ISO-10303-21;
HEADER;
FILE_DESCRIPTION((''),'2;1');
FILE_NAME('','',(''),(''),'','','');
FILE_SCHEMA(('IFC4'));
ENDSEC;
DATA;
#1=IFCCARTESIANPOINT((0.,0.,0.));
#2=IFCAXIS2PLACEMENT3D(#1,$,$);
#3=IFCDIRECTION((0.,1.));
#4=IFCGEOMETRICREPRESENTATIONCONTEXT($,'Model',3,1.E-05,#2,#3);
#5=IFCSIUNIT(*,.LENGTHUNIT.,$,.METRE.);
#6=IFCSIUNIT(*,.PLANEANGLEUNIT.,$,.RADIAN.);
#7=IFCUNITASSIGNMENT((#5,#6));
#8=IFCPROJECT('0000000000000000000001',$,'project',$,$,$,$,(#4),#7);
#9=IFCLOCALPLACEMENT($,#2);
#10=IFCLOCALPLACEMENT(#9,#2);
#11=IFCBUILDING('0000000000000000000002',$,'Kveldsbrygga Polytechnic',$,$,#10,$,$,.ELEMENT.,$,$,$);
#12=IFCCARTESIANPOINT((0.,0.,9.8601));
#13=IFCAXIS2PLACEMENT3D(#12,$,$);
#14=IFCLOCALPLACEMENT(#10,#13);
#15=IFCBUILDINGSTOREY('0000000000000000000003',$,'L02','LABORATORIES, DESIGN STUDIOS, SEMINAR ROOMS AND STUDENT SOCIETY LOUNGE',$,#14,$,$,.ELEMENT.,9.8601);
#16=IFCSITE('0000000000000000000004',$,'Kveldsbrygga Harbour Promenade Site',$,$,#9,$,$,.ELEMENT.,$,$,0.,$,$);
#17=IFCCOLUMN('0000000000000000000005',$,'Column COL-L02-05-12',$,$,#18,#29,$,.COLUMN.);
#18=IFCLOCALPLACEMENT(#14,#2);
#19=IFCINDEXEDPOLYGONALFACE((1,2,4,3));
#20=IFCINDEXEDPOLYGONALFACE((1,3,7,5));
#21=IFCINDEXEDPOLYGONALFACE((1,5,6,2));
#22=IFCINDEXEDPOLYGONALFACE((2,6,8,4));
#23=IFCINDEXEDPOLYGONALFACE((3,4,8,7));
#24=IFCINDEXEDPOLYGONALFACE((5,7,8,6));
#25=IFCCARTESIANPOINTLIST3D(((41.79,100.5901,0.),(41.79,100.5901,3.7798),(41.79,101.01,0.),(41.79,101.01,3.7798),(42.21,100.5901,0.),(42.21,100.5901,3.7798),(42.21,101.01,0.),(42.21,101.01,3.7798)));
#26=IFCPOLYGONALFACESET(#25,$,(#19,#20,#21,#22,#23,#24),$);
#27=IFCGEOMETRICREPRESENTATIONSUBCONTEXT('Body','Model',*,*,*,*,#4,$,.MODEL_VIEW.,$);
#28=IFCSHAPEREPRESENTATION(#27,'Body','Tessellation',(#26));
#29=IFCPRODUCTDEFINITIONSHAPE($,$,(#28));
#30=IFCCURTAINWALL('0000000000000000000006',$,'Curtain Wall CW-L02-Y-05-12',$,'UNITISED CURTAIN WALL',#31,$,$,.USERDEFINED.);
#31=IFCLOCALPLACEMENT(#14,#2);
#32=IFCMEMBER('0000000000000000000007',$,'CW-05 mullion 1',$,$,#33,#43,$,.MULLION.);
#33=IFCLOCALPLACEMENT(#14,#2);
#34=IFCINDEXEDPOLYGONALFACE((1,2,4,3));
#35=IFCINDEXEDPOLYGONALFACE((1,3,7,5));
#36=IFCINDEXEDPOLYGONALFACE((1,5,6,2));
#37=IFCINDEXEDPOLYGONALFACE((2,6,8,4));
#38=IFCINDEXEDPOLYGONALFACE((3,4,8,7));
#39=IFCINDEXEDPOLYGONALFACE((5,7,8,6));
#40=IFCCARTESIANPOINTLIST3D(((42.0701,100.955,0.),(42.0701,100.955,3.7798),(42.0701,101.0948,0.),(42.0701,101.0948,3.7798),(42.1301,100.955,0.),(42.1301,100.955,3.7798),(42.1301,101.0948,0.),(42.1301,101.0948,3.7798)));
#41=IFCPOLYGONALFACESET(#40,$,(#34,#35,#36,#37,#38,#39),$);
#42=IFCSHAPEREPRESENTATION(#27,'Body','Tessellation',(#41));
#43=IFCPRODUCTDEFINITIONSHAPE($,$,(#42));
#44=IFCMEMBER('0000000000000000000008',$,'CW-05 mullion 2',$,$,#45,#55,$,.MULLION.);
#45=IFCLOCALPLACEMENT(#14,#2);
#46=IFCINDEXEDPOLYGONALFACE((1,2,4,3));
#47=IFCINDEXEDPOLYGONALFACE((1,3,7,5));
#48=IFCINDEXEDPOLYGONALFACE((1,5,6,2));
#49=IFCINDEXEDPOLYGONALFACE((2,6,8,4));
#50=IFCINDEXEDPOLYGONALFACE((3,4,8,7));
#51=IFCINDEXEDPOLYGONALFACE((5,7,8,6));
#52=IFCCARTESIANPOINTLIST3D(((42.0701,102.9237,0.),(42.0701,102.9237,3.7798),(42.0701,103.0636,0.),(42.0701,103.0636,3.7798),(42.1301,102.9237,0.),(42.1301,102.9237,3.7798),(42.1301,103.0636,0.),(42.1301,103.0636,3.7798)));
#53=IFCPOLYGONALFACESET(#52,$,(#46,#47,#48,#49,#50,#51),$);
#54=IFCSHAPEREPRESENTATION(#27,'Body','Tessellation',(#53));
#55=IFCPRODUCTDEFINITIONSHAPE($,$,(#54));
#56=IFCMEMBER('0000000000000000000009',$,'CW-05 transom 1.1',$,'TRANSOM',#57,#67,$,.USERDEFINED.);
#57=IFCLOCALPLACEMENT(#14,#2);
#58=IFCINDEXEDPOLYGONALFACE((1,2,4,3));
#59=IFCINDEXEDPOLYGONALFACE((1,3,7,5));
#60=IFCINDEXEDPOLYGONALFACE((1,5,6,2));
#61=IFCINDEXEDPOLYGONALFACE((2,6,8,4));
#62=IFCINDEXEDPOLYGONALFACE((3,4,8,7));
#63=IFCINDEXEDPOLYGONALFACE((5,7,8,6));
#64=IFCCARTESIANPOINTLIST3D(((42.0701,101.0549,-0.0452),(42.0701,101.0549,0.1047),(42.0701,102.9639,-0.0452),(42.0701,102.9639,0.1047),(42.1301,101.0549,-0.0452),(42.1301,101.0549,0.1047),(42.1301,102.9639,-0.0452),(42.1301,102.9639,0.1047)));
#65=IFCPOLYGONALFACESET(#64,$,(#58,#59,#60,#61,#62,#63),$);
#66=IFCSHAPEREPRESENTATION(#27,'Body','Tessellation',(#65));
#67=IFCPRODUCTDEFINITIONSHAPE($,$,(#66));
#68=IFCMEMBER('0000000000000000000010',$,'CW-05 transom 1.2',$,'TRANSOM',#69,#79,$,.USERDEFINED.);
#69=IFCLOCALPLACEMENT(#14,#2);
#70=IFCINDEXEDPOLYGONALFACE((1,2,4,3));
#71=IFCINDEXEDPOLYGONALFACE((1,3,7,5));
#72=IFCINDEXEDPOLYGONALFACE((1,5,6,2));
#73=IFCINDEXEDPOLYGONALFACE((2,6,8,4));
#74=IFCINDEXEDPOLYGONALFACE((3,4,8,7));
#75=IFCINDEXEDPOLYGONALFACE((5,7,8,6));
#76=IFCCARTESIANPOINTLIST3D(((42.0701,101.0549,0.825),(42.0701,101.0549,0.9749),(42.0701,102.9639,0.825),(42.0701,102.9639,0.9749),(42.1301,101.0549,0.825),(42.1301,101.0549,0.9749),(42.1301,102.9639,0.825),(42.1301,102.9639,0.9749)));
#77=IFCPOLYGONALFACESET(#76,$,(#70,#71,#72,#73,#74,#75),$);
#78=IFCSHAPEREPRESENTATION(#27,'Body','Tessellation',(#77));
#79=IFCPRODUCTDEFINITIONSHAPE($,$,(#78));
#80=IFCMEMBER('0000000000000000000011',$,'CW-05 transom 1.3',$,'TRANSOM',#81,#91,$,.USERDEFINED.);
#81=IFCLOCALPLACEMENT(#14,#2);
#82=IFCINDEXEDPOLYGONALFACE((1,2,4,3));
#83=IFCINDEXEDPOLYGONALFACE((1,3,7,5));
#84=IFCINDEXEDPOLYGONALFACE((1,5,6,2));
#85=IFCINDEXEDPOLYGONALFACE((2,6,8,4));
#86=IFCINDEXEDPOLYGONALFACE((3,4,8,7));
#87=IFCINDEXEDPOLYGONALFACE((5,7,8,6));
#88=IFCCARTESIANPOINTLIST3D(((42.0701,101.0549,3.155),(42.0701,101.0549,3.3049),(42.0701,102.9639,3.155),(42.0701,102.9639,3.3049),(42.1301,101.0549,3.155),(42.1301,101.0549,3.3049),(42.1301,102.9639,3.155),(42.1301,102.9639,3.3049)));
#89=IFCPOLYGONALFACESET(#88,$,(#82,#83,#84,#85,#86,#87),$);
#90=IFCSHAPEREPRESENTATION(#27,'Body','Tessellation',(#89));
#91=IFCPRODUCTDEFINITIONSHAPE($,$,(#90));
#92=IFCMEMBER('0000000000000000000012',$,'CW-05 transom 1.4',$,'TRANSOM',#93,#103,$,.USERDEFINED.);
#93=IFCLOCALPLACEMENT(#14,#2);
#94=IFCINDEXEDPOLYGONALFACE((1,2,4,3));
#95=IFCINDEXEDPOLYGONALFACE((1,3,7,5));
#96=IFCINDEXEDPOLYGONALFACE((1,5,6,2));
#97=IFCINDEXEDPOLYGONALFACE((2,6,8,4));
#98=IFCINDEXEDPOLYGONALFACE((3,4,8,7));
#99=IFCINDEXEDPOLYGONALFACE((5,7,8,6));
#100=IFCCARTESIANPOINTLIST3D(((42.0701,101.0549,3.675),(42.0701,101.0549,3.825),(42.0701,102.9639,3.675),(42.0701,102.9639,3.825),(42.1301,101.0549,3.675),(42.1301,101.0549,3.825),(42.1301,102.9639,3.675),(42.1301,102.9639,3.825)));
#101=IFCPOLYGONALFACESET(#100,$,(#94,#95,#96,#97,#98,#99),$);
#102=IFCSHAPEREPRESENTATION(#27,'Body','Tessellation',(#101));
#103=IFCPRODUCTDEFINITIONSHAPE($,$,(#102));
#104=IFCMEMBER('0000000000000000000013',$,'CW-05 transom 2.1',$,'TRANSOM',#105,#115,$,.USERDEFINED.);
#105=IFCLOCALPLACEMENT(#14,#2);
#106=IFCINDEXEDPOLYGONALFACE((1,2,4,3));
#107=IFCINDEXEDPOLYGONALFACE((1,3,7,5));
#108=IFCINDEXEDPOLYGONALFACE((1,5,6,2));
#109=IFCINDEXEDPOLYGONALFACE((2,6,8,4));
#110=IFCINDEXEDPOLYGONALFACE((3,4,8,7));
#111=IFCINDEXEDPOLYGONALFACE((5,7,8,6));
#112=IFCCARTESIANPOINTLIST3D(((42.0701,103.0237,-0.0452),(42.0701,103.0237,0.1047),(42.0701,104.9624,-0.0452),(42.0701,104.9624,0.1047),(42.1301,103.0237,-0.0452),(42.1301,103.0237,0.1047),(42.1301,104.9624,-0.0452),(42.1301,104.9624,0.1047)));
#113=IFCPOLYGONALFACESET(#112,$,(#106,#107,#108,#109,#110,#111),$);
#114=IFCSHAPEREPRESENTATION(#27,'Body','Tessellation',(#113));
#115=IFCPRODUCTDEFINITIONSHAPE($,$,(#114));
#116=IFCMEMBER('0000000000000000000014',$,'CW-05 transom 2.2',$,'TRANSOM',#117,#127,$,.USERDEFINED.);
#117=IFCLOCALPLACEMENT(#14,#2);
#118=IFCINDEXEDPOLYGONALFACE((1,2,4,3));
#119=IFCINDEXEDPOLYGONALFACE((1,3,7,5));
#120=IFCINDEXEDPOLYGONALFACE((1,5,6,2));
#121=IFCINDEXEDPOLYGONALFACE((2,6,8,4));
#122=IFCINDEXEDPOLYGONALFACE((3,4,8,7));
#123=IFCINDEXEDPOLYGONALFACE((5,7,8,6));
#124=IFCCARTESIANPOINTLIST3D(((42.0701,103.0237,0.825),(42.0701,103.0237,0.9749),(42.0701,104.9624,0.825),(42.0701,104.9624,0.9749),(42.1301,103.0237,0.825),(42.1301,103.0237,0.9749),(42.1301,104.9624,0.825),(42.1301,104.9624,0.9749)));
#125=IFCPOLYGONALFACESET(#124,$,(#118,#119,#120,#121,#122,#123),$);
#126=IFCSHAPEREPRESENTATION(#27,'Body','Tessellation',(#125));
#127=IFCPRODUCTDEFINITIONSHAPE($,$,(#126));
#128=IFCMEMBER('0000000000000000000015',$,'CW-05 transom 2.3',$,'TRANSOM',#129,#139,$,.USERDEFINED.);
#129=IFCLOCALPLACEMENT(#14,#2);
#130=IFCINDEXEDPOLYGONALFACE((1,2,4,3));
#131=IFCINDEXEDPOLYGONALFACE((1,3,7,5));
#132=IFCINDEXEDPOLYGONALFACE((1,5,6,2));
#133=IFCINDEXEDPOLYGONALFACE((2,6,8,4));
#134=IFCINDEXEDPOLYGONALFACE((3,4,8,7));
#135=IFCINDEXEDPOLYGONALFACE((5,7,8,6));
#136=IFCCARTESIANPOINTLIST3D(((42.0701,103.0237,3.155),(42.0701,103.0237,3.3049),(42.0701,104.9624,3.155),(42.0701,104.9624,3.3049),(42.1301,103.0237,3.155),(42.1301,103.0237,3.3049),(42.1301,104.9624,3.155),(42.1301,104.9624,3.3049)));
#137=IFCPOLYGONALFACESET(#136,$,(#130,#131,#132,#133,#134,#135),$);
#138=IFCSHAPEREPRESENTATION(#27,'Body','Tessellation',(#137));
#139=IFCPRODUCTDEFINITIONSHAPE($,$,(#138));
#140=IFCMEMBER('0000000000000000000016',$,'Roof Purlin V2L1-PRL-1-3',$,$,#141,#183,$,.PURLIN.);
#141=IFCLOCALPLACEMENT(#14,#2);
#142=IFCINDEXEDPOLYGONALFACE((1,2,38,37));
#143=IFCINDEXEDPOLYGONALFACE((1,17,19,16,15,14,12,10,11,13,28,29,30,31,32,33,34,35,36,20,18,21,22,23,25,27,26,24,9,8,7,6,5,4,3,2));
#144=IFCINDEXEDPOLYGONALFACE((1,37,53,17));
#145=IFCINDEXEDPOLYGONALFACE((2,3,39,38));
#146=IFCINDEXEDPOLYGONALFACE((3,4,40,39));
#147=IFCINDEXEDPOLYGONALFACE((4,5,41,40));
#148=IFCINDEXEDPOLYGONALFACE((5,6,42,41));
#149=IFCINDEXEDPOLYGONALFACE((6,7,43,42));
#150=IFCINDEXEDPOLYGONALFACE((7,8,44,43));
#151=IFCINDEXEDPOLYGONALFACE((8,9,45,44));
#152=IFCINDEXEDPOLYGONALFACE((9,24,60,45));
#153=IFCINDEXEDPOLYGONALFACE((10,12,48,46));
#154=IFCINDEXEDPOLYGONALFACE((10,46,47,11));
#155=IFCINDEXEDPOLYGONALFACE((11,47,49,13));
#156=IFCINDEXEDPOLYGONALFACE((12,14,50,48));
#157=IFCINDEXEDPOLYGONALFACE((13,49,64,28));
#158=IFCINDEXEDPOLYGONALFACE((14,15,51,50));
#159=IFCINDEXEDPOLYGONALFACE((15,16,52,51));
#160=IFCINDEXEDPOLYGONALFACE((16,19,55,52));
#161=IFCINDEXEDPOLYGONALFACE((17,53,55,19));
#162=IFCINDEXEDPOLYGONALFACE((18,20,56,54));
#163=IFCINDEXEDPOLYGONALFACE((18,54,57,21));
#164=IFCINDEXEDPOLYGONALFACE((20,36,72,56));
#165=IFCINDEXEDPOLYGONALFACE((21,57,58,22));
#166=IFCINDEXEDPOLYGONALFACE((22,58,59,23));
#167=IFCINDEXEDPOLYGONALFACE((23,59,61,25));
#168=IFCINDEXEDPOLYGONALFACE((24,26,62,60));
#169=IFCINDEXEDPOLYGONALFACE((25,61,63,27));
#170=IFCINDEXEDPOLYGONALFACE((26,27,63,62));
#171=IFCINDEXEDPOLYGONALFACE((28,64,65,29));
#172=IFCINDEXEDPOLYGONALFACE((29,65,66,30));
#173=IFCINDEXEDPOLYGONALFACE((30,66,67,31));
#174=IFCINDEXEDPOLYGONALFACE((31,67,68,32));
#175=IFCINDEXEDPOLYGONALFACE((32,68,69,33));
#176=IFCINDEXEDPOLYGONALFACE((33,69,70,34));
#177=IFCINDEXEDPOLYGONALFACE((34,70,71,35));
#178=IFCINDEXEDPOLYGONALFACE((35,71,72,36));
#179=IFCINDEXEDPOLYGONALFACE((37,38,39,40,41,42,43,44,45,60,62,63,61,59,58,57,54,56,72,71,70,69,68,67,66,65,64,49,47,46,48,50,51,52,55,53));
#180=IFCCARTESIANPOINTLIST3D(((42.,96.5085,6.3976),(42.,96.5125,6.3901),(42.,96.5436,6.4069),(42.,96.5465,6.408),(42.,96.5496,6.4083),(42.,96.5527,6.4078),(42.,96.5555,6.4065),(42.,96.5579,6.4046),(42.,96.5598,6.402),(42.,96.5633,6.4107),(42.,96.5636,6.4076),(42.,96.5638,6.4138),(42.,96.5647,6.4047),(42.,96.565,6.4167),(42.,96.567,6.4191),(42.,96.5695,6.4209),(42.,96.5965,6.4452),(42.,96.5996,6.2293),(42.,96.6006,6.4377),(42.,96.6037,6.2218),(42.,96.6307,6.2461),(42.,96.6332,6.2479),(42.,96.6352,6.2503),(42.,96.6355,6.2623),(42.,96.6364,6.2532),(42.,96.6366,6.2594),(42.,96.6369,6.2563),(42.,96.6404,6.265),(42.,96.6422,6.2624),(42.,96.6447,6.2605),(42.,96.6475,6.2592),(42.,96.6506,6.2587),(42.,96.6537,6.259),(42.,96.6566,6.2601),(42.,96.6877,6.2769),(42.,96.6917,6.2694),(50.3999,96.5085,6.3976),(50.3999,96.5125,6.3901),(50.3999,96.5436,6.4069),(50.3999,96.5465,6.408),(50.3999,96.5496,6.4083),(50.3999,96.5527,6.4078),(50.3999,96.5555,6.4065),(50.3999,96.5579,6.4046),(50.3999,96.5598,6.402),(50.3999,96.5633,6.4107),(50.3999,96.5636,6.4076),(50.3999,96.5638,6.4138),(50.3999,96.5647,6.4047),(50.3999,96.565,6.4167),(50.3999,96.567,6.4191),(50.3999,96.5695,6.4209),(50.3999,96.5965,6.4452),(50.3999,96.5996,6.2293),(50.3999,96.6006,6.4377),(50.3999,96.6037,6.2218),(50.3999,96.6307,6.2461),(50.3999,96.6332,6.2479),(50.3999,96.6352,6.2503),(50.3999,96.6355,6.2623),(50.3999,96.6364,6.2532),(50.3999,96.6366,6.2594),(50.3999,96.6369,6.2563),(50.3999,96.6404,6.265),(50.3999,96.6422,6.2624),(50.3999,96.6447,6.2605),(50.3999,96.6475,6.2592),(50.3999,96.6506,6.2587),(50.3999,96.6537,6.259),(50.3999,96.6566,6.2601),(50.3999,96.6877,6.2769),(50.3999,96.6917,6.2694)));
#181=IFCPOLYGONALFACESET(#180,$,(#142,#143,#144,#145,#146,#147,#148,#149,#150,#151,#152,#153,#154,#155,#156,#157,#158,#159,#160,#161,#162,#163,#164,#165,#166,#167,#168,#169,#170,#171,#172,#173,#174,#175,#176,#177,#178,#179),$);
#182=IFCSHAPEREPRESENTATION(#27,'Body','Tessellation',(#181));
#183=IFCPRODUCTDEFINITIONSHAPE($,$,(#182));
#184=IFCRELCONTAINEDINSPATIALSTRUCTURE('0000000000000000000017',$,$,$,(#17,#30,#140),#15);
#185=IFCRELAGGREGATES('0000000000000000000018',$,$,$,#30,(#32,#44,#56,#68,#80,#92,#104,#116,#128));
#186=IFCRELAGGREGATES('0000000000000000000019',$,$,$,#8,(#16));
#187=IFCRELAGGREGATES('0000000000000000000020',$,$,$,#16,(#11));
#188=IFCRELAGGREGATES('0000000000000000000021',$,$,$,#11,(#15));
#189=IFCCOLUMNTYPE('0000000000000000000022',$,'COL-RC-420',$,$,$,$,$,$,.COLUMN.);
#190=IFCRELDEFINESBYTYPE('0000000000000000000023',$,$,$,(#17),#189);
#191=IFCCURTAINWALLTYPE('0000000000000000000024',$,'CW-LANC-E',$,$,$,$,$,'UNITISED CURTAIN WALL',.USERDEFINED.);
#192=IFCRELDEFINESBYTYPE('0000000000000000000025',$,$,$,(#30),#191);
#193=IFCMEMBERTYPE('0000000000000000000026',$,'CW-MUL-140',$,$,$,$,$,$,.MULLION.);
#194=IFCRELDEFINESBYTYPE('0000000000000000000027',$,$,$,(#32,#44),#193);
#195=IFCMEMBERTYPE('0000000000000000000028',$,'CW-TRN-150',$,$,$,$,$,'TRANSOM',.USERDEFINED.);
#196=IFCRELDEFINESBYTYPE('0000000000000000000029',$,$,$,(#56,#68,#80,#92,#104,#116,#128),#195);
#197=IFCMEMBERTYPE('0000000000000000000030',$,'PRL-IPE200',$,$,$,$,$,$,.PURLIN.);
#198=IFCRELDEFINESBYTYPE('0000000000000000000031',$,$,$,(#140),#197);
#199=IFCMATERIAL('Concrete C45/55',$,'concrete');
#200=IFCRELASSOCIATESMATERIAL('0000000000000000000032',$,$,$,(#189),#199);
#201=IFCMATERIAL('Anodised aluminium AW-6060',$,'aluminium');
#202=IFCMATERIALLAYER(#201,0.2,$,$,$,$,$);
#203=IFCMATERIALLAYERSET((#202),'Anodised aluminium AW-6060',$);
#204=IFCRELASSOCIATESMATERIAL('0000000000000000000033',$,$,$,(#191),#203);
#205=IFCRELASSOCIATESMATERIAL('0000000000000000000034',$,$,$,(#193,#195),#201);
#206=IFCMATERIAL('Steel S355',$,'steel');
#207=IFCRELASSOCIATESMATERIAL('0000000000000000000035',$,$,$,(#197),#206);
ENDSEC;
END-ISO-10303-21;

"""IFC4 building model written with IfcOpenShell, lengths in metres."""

from ifc_helpers import new_model, si_unit, direction, frame, origin, origin_2d, place, context, subcontext, project, spatial, rectangle, i_section, extrude, material, layer, layer_set, material_profile, profile_set, type_object, element, aggregate, save


model = new_model("IFC4")

# Units and contexts
model_context = context("Model", 3, precision=1e-05, world=origin(), true_north=direction((0.0, 1.0)))
body_context = subcontext(model_context, "Body", "Model", "MODEL_VIEW")
ifc_project = project(units=[si_unit("LENGTHUNIT", "METRE"), si_unit("PLANEANGLEUNIT", "RADIAN")], contexts=[model_context])

# Site, building, storey
site_placement = place(None, origin())
site = spatial("IfcSite", under=ifc_project, at=site_placement, Name="Kveldsbrygga Harbour Promenade Site", CompositionType="ELEMENT", RefElevation=0.0)
building_placement = place(site_placement, origin())
building = spatial("IfcBuilding", under=site, at=building_placement, Name="Kveldsbrygga Polytechnic", CompositionType="ELEMENT")
storey_placement = place(building_placement, frame((0.0, 0.0, 9.8601)))
storey = spatial("IfcBuildingStorey", under=building, at=storey_placement, Name="L02", Description="LABORATORIES, DESIGN STUDIOS, SEMINAR ROOMS AND STUDENT SOCIETY LOUNGE", CompositionType="ELEMENT", Elevation=9.8601)

# Column
ifc_material_1 = material(Name="Concrete C45/55", Category="concrete")
ifc_material_profile_1 = material_profile(ifc_material_1, rectangle(XDim=0.4199, YDim=0.4199, at=origin_2d()), Name="RC 420x420")
ifc_profile_set_1 = profile_set([ifc_material_profile_1], Name="Concrete C45/55")
column_type = type_object("IfcColumnType", Name="COL-RC-420", PredefinedType="COLUMN", material=ifc_profile_set_1)
column_placement = place(storey_placement, frame((42.0, 100.8, 0.0), z_axis=(0.0, 0.0, 1.0), x_axis=(1.0, 0.0, 0.0)))
element("IfcColumn", 1, at=column_placement, inside=storey, type_object=column_type, Name="Column COL-L02-05-12", PredefinedType="COLUMN", context=body_context, shape_type="SweptSolid", body=[
    extrude(rectangle(XDim=0.4199, YDim=0.4199, at=origin_2d()), origin(), (0.0, 0.0, 1.0), 3.7798),
])

# Curtain wall, members
ifc_material_2 = material(Name="Anodised aluminium AW-6060", Category="aluminium")
ifc_layer_1 = layer(ifc_material_2, 0.2)
ifc_layer_set_1 = layer_set([ifc_layer_1], Name="Anodised aluminium AW-6060")
curtain_wall_type = type_object("IfcCurtainWallType", Name="CW-LANC-E", ElementType="UNITISED CURTAIN WALL", PredefinedType="USERDEFINED", material=ifc_layer_set_1)
curtain_wall_placement = place(storey_placement, origin())
curtain_wall = element("IfcCurtainWall", 2, at=curtain_wall_placement, inside=storey, type_object=curtain_wall_type, Name="Curtain Wall CW-L02-Y-05-12", ObjectType="UNITISED CURTAIN WALL", PredefinedType="USERDEFINED")
ifc_material_profile_2 = material_profile(ifc_material_2, rectangle(XDim=0.0601, YDim=0.1399, at=origin_2d()), Name="ALU 60x140")
ifc_profile_set_2 = profile_set([ifc_material_profile_2], Name="Anodised aluminium AW-6060")
member_type_1 = type_object("IfcMemberType", Name="CW-MUL-140", PredefinedType="MULLION", material=ifc_profile_set_2)
member_1_placement = place(storey_placement, frame((42.1001, 101.0249, 0.0), z_axis=(0.0, 0.0, 1.0), x_axis=(-1.0, 0.0, 0.0)))
member_1 = element("IfcMember", 3, at=member_1_placement, type_object=member_type_1, Name="CW-05 mullion 1", PredefinedType="MULLION", context=body_context, shape_type="SweptSolid", body=[
    extrude(rectangle(XDim=0.0601, YDim=0.1399, at=origin_2d()), origin(), (0.0, 0.0, 1.0), 3.7798),
])
member_2_placement = place(storey_placement, frame((42.1001, 102.9937, 0.0), z_axis=(0.0, 0.0, 1.0), x_axis=(-1.0, 0.0, 0.0)))
member_2 = element("IfcMember", 4, at=member_2_placement, type_object=member_type_1, Name="CW-05 mullion 2", PredefinedType="MULLION", context=body_context, shape_type="SweptSolid", body=[
    extrude(rectangle(XDim=0.0601, YDim=0.1399, at=origin_2d()), origin(), (0.0, 0.0, 1.0), 3.7798),
])
ifc_material_profile_3 = material_profile(ifc_material_2, rectangle(XDim=0.0601, YDim=0.1499, at=origin_2d()), Name="ALU 60x150")
ifc_profile_set_3 = profile_set([ifc_material_profile_3], Name="Anodised aluminium AW-6060")
member_type_2 = type_object("IfcMemberType", Name="CW-TRN-150", ElementType="TRANSOM", PredefinedType="USERDEFINED", material=ifc_profile_set_3)
member_3_placement = place(storey_placement, frame((42.1001, 101.0549, 0.0298), z_axis=(0.0, 1.0, 0.0), x_axis=(-1.0, 0.0, 0.0)))
member_3 = element("IfcMember", 5, at=member_3_placement, type_object=member_type_2, Name="CW-05 transom 1.1", ObjectType="TRANSOM", PredefinedType="USERDEFINED", context=body_context, shape_type="SweptSolid", body=[
    extrude(rectangle(XDim=0.0601, YDim=0.1499, at=origin_2d()), origin(), (0.0, 0.0, 1.0), 1.9089),
])
member_4_placement = place(storey_placement, frame((42.1001, 101.0549, 0.8999), z_axis=(0.0, 1.0, 0.0), x_axis=(-1.0, 0.0, 0.0)))
member_4 = element("IfcMember", 6, at=member_4_placement, type_object=member_type_2, Name="CW-05 transom 1.2", ObjectType="TRANSOM", PredefinedType="USERDEFINED", context=body_context, shape_type="SweptSolid", body=[
    extrude(rectangle(XDim=0.0601, YDim=0.1499, at=origin_2d()), origin(), (0.0, 0.0, 1.0), 1.9089),
])
member_5_placement = place(storey_placement, frame((42.1001, 101.0549, 3.23), z_axis=(0.0, 1.0, 0.0), x_axis=(-1.0, 0.0, 0.0)))
member_5 = element("IfcMember", 7, at=member_5_placement, type_object=member_type_2, Name="CW-05 transom 1.3", ObjectType="TRANSOM", PredefinedType="USERDEFINED", context=body_context, shape_type="SweptSolid", body=[
    extrude(rectangle(XDim=0.0601, YDim=0.1499, at=origin_2d()), origin(), (0.0, 0.0, 1.0), 1.9089),
])
member_6_placement = place(storey_placement, frame((42.1001, 101.0549, 3.75), z_axis=(0.0, 1.0, 0.0), x_axis=(-1.0, 0.0, 0.0)))
member_6 = element("IfcMember", 8, at=member_6_placement, type_object=member_type_2, Name="CW-05 transom 1.4", ObjectType="TRANSOM", PredefinedType="USERDEFINED", context=body_context, shape_type="SweptSolid", body=[
    extrude(rectangle(XDim=0.0601, YDim=0.1499, at=origin_2d()), origin(), (0.0, 0.0, 1.0), 1.9089),
])
member_7_placement = place(storey_placement, frame((42.1001, 103.0237, 0.0298), z_axis=(0.0, 1.0, 0.0), x_axis=(-1.0, 0.0, 0.0)))
member_7 = element("IfcMember", 9, at=member_7_placement, type_object=member_type_2, Name="CW-05 transom 2.1", ObjectType="TRANSOM", PredefinedType="USERDEFINED", context=body_context, shape_type="SweptSolid", body=[
    extrude(rectangle(XDim=0.0601, YDim=0.1499, at=origin_2d()), origin(), (0.0, 0.0, 1.0), 1.9387),
])
member_8_placement = place(storey_placement, frame((42.1001, 103.0237, 0.8999), z_axis=(0.0, 1.0, 0.0), x_axis=(-1.0, 0.0, 0.0)))
member_8 = element("IfcMember", 10, at=member_8_placement, type_object=member_type_2, Name="CW-05 transom 2.2", ObjectType="TRANSOM", PredefinedType="USERDEFINED", context=body_context, shape_type="SweptSolid", body=[
    extrude(rectangle(XDim=0.0601, YDim=0.1499, at=origin_2d()), origin(), (0.0, 0.0, 1.0), 1.9387),
])
member_9_placement = place(storey_placement, frame((42.1001, 103.0237, 3.23), z_axis=(0.0, 1.0, 0.0), x_axis=(-1.0, 0.0, 0.0)))
member_9 = element("IfcMember", 11, at=member_9_placement, type_object=member_type_2, Name="CW-05 transom 2.3", ObjectType="TRANSOM", PredefinedType="USERDEFINED", context=body_context, shape_type="SweptSolid", body=[
    extrude(rectangle(XDim=0.0601, YDim=0.1499, at=origin_2d()), origin(), (0.0, 0.0, 1.0), 1.9387),
])

# Member
ifc_material_3 = material(Name="Steel S355", Category="steel")
ifc_material_profile_4 = material_profile(ifc_material_3, i_section(OverallWidth=0.1001, OverallDepth=0.2, WebThickness=0.0056, FlangeThickness=0.0085, FilletRadius=0.012, at=origin_2d()), Name="IPE 200")
ifc_profile_set_4 = profile_set([ifc_material_profile_4], Name="Steel S355")
member_type_3 = type_object("IfcMemberType", Name="PRL-IPE200", PredefinedType="PURLIN", material=ifc_profile_set_4)
member_10_placement = place(storey_placement, frame((42.0, 96.6001, 6.3335), z_axis=(1.0, 0.0, 0.0), x_axis=(0.0, 0.879292, 0.476283)))
element("IfcMember", 12, at=member_10_placement, inside=storey, type_object=member_type_3, Name="Roof Purlin V2L1-PRL-1-3", PredefinedType="PURLIN", context=body_context, shape_type="SweptSolid", body=[
    extrude(i_section(OverallWidth=0.1001, OverallDepth=0.2, WebThickness=0.0056, FlangeThickness=0.0085, FilletRadius=0.012, at=origin_2d()), origin(), (0.0, 0.0, 1.0), 8.3999),
])

aggregate(curtain_wall, [member_1, member_2, member_3, member_4, member_5, member_6, member_7, member_8, member_9])

save(model, "model.ifc")
